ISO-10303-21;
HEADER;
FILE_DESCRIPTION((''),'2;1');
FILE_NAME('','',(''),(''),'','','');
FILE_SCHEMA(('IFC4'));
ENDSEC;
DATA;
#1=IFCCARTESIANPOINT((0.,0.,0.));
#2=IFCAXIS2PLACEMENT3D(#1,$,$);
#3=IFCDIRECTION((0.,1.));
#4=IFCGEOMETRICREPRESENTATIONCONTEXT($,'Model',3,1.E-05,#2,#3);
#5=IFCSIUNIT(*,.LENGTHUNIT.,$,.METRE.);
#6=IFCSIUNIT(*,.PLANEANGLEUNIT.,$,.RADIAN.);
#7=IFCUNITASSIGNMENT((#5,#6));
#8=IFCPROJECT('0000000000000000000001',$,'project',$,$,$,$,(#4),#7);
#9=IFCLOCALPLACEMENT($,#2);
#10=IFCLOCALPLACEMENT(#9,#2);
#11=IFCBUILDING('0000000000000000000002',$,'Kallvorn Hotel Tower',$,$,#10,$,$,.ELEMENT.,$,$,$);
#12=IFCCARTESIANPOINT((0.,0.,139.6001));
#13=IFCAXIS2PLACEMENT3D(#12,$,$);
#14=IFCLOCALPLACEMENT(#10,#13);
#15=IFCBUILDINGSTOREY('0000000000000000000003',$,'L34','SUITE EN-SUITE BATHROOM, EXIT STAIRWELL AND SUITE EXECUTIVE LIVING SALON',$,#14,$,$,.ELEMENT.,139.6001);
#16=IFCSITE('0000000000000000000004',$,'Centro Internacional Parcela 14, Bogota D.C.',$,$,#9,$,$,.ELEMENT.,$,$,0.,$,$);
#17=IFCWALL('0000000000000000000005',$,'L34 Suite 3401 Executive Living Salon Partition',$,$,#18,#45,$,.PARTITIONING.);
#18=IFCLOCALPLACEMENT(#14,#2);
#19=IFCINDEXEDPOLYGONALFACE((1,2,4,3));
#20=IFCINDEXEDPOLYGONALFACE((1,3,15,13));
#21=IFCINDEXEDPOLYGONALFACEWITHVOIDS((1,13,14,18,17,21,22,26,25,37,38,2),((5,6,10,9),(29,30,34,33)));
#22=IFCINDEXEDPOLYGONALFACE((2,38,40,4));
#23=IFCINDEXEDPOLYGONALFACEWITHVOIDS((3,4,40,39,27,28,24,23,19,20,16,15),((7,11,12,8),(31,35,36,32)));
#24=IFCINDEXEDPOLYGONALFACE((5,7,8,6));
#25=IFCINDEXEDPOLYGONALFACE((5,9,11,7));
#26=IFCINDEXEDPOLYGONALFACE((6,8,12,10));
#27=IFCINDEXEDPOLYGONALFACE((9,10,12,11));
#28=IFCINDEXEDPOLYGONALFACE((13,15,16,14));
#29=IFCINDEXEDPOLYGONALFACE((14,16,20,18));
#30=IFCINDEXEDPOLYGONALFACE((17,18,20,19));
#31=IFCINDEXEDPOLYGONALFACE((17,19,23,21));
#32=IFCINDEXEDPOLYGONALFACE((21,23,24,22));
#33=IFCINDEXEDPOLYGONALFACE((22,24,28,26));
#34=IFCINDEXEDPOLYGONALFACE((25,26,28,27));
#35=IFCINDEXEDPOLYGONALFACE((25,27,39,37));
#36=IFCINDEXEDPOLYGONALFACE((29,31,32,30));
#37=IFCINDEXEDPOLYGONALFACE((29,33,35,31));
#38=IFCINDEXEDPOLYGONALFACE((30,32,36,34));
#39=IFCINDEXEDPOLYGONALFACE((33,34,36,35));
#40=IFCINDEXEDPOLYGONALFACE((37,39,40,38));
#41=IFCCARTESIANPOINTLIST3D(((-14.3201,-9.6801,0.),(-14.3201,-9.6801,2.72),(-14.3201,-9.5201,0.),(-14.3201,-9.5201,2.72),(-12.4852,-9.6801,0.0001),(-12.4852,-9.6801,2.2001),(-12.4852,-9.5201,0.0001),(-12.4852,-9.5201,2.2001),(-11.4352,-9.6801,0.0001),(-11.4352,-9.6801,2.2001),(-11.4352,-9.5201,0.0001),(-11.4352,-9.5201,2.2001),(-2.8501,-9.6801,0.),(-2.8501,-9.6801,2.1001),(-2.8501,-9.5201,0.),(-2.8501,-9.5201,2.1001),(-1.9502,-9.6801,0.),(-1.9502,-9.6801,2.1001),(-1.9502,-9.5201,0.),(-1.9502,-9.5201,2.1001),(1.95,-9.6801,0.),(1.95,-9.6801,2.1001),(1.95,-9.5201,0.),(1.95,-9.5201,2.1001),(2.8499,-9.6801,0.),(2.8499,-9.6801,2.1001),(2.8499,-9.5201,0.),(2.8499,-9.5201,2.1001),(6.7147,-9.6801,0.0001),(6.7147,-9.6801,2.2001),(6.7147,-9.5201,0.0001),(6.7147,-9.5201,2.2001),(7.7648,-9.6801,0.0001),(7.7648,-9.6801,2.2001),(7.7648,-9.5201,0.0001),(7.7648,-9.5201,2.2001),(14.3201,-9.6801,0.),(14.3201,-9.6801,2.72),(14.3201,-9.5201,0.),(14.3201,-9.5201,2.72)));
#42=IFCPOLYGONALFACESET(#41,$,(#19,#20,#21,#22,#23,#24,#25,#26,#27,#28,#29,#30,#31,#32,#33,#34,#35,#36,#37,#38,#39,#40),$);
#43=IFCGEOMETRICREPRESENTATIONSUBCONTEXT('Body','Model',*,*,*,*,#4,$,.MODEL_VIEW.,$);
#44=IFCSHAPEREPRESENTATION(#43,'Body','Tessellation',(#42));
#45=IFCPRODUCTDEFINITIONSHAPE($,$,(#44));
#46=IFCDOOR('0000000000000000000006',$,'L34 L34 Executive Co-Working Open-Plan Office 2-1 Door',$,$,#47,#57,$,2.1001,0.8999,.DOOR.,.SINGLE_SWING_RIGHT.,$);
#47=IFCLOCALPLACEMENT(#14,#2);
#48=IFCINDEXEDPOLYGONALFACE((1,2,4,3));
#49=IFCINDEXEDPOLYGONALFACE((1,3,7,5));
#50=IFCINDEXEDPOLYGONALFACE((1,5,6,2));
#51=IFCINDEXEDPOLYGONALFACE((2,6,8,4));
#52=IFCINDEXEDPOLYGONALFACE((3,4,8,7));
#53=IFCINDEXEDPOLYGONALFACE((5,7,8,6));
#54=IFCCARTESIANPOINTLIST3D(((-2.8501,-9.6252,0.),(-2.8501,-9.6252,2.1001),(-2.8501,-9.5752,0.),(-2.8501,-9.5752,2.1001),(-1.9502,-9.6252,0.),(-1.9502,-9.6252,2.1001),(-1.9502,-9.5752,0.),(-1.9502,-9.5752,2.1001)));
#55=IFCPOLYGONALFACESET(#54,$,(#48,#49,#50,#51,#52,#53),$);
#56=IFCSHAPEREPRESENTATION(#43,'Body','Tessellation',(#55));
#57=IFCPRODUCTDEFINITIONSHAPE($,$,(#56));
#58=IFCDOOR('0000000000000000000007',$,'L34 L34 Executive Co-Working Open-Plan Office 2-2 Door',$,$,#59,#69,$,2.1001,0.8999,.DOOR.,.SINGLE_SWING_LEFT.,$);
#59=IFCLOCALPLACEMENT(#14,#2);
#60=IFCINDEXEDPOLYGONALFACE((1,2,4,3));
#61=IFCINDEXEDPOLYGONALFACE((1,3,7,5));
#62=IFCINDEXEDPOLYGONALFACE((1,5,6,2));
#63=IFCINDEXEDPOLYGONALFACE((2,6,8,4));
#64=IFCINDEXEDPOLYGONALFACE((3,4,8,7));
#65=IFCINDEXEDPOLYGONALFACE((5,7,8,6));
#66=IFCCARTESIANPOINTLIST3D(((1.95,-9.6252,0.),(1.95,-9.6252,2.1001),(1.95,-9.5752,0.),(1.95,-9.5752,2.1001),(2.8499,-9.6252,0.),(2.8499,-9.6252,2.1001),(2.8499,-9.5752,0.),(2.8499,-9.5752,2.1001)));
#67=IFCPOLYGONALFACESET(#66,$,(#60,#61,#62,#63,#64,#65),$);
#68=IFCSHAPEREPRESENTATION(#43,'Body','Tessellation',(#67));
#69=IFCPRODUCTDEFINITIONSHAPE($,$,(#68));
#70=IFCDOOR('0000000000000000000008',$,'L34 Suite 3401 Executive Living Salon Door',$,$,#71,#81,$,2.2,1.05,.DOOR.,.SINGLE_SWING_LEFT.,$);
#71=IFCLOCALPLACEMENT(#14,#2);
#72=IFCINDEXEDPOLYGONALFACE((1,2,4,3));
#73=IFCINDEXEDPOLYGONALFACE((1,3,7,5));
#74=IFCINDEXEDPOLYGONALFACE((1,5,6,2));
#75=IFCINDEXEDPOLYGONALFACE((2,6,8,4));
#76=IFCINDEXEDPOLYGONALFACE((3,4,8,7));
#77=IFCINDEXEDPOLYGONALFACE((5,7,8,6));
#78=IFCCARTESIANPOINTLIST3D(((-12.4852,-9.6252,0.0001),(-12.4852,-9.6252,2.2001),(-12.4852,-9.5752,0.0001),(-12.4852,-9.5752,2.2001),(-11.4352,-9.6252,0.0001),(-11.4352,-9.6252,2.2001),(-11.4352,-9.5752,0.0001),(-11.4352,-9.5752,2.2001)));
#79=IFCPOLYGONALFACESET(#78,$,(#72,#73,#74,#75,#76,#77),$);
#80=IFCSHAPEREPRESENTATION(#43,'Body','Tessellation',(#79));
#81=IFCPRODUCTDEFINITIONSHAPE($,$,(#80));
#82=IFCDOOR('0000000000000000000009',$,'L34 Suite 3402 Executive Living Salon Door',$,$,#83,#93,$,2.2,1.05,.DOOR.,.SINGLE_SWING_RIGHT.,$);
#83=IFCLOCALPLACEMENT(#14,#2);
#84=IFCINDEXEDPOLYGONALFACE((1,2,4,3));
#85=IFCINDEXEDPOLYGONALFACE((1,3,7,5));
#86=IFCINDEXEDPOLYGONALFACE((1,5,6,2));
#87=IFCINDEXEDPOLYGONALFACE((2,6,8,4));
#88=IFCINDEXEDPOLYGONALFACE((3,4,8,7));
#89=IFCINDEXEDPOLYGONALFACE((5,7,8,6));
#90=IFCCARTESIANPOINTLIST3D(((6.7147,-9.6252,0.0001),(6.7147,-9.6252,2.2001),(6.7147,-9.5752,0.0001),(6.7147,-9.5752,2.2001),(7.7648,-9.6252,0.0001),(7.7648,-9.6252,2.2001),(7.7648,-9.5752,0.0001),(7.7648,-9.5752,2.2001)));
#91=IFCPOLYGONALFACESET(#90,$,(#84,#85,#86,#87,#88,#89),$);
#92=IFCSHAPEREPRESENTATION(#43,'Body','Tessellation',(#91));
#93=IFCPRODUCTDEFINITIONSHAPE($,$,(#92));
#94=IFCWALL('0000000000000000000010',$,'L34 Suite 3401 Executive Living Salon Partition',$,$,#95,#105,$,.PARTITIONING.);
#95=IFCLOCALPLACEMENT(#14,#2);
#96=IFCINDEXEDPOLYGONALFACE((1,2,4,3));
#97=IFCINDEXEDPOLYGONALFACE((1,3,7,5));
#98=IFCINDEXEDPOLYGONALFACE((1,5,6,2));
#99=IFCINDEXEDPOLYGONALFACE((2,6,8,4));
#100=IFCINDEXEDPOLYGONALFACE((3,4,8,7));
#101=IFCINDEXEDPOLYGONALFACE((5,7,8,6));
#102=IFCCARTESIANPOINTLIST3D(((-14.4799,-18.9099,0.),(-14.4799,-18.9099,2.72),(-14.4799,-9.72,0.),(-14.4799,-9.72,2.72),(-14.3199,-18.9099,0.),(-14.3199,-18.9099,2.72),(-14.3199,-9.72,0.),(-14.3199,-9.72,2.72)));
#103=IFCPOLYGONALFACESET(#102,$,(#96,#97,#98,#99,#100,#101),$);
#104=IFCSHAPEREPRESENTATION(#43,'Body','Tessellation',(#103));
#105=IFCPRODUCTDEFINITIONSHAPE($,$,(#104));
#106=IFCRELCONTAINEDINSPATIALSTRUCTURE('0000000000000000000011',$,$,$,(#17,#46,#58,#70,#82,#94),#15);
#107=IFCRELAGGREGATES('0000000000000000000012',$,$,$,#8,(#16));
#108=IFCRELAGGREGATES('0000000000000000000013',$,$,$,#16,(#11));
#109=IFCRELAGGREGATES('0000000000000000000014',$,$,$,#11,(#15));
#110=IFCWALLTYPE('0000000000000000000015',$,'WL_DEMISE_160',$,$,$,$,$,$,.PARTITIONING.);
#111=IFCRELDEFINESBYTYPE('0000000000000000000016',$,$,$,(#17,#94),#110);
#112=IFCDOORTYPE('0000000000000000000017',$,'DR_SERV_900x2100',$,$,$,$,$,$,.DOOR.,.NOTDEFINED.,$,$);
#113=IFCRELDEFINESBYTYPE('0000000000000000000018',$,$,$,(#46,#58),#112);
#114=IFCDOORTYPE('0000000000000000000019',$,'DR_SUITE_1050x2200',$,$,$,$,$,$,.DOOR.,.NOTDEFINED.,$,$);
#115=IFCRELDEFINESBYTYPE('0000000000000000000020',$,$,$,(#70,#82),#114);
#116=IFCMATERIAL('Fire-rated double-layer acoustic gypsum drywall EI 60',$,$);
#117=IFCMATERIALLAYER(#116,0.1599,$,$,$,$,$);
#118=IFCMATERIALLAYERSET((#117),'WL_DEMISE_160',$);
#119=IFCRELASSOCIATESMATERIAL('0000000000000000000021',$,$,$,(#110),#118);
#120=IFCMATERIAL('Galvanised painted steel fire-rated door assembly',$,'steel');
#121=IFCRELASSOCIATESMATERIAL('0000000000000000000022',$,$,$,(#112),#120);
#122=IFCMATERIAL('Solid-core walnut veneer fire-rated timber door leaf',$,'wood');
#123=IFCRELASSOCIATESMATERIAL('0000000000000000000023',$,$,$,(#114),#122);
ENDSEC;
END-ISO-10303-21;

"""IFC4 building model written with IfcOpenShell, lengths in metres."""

from ifc_helpers import new_model, si_unit, direction, frame, frame_2d, origin, place, context, subcontext, project, spatial, rectangle, extrude, material, layer, layer_set, type_object, element, fill, save


model = new_model("IFC4")

# Units and contexts
model_context = context("Model", 3, precision=1e-05, world=origin(), true_north=direction((0.0, 1.0)))
body_context = subcontext(model_context, "Body", "Model", "MODEL_VIEW")
ifc_project = project(units=[si_unit("LENGTHUNIT", "METRE"), si_unit("PLANEANGLEUNIT", "RADIAN")], contexts=[model_context])

# Site, building, storey
site_placement = place(None, origin())
site = spatial("IfcSite", under=ifc_project, at=site_placement, Name="Centro Internacional Parcela 14, Bogota D.C.", CompositionType="ELEMENT", RefElevation=0.0)
building_placement = place(site_placement, origin())
building = spatial("IfcBuilding", under=site, at=building_placement, Name="Kallvorn Hotel Tower", CompositionType="ELEMENT")
storey_placement = place(building_placement, frame((0.0, 0.0, 139.6001)))
storey = spatial("IfcBuildingStorey", under=building, at=storey_placement, Name="L34", Description="SUITE EN-SUITE BATHROOM, EXIT STAIRWELL AND SUITE EXECUTIVE LIVING SALON", CompositionType="ELEMENT", Elevation=139.6001)

# Wall, openings, doors
ifc_material_1 = material(Name="Fire-rated double-layer acoustic gypsum drywall EI 60")
ifc_layer = layer(ifc_material_1, 0.1599)
ifc_layer_set = layer_set([ifc_layer], Name="WL_DEMISE_160")
wall_type = type_object("IfcWallType", Name="WL_DEMISE_160", PredefinedType="PARTITIONING", material=ifc_layer_set)
wall_1_placement = place(storey_placement, frame((-14.3201, -9.6001, 0.0), z_axis=(0.0, 0.0, 1.0), x_axis=(1.0, 0.0, 0.0)))
wall_1 = element("IfcWall", 1, at=wall_1_placement, inside=storey, type_object=wall_type, Name="L34 Suite 3401 Executive Living Salon Partition", PredefinedType="PARTITIONING", context=body_context, shape_type="SweptSolid", body=[
    extrude(rectangle(XDim=28.6401, YDim=0.1599, at=frame_2d((14.3201, 0.0))), origin(), (0.0, 0.0, 1.0), 2.72),
])
opening_1_placement = place(wall_1_placement, frame((1.835, 0.0, 0.0)))
opening_1 = element("IfcOpeningElement", 2, at=opening_1_placement, cuts=wall_1, PredefinedType="OPENING", context=body_context, shape_type="SweptSolid", body=[
    extrude(rectangle(XDim=1.05, YDim=2.2, at=frame_2d((0.5249, 1.1001))), frame((0.0, 0.095, 0.0), z_axis=(0.0, -1.0, 0.0), x_axis=(1.0, 0.0, 0.0)), (0.0, 0.0, 1.0), 0.1899),
])
opening_2_placement = place(wall_1_placement, frame((11.47, 0.0, 0.0)))
opening_2 = element("IfcOpeningElement", 3, at=opening_2_placement, cuts=wall_1, PredefinedType="OPENING", context=body_context, shape_type="SweptSolid", body=[
    extrude(rectangle(XDim=0.8999, YDim=2.1001, at=frame_2d((0.45, 1.05))), frame((0.0, 0.095, 0.0), z_axis=(0.0, -1.0, 0.0), x_axis=(1.0, 0.0, 0.0)), (0.0, 0.0, 1.0), 0.1899),
])
opening_3_placement = place(wall_1_placement, frame((16.27, 0.0, 0.0)))
opening_3 = element("IfcOpeningElement", 4, at=opening_3_placement, cuts=wall_1, PredefinedType="OPENING", context=body_context, shape_type="SweptSolid", body=[
    extrude(rectangle(XDim=0.8999, YDim=2.1001, at=frame_2d((0.45, 1.05))), frame((0.0, 0.095, 0.0), z_axis=(0.0, -1.0, 0.0), x_axis=(1.0, 0.0, 0.0)), (0.0, 0.0, 1.0), 0.1899),
])
opening_4_placement = place(wall_1_placement, frame((21.0349, 0.0, 0.0)))
opening_4 = element("IfcOpeningElement", 5, at=opening_4_placement, cuts=wall_1, PredefinedType="OPENING", context=body_context, shape_type="SweptSolid", body=[
    extrude(rectangle(XDim=1.05, YDim=2.2, at=frame_2d((0.5249, 1.1001))), frame((0.0, 0.095, 0.0), z_axis=(0.0, -1.0, 0.0), x_axis=(1.0, 0.0, 0.0)), (0.0, 0.0, 1.0), 0.1899),
])
ifc_material_2 = material(Name="Galvanised painted steel fire-rated door assembly", Category="steel")
door_type_1 = type_object("IfcDoorType", Name="DR_SERV_900x2100", OperationType="NOTDEFINED", PredefinedType="DOOR", material=ifc_material_2)
door_1_placement = place(opening_2_placement, origin())
door_1 = element("IfcDoor", 6, at=door_1_placement, inside=storey, type_object=door_type_1, Name="L34 L34 Executive Co-Working Open-Plan Office 2-1 Door", OperationType="SINGLE_SWING_RIGHT", OverallHeight=2.1001, OverallWidth=0.8999, PredefinedType="DOOR", context=body_context, shape_type="SweptSolid", body=[
    extrude(rectangle(XDim=0.8999, YDim=2.1001, at=frame_2d((0.45, 1.05))), frame((0.0, 0.0249, 0.0), z_axis=(0.0, -1.0, 0.0), x_axis=(1.0, 0.0, 0.0)), (0.0, 0.0, 1.0), 0.05),
])
fill(opening_2, door_1)
door_2_placement = place(opening_3_placement, origin())
door_2 = element("IfcDoor", 7, at=door_2_placement, inside=storey, type_object=door_type_1, Name="L34 L34 Executive Co-Working Open-Plan Office 2-2 Door", OperationType="SINGLE_SWING_LEFT", OverallHeight=2.1001, OverallWidth=0.8999, PredefinedType="DOOR", context=body_context, shape_type="SweptSolid", body=[
    extrude(rectangle(XDim=0.8999, YDim=2.1001, at=frame_2d((0.45, 1.05))), frame((0.0, 0.0249, 0.0), z_axis=(0.0, -1.0, 0.0), x_axis=(1.0, 0.0, 0.0)), (0.0, 0.0, 1.0), 0.05),
])
fill(opening_3, door_2)
ifc_material_3 = material(Name="Solid-core walnut veneer fire-rated timber door leaf", Category="wood")
door_type_2 = type_object("IfcDoorType", Name="DR_SUITE_1050x2200", OperationType="NOTDEFINED", PredefinedType="DOOR", material=ifc_material_3)
door_3_placement = place(opening_1_placement, origin())
door_3 = element("IfcDoor", 8, at=door_3_placement, inside=storey, type_object=door_type_2, Name="L34 Suite 3401 Executive Living Salon Door", OperationType="SINGLE_SWING_LEFT", OverallHeight=2.2, OverallWidth=1.05, PredefinedType="DOOR", context=body_context, shape_type="SweptSolid", body=[
    extrude(rectangle(XDim=1.05, YDim=2.2, at=frame_2d((0.5249, 1.1001))), frame((0.0, 0.0249, 0.0), z_axis=(0.0, -1.0, 0.0), x_axis=(1.0, 0.0, 0.0)), (0.0, 0.0, 1.0), 0.05),
])
fill(opening_1, door_3)
door_4_placement = place(opening_4_placement, origin())
door_4 = element("IfcDoor", 9, at=door_4_placement, inside=storey, type_object=door_type_2, Name="L34 Suite 3402 Executive Living Salon Door", OperationType="SINGLE_SWING_RIGHT", OverallHeight=2.2, OverallWidth=1.05, PredefinedType="DOOR", context=body_context, shape_type="SweptSolid", body=[
    extrude(rectangle(XDim=1.05, YDim=2.2, at=frame_2d((0.5249, 1.1001))), frame((0.0, 0.0249, 0.0), z_axis=(0.0, -1.0, 0.0), x_axis=(1.0, 0.0, 0.0)), (0.0, 0.0, 1.0), 0.05),
])
fill(opening_4, door_4)

# Wall
wall_2_placement = place(storey_placement, frame((-14.3999, -18.9099, 0.0), z_axis=(0.0, 0.0, 1.0), x_axis=(0.0, 1.0, 0.0)))
element("IfcWall", 10, at=wall_2_placement, inside=storey, type_object=wall_type, Name="L34 Suite 3401 Executive Living Salon Partition", PredefinedType="PARTITIONING", context=body_context, shape_type="SweptSolid", body=[
    extrude(rectangle(XDim=9.1899, YDim=0.1599, at=frame_2d((4.595, 0.0))), origin(), (0.0, 0.0, 1.0), 2.72),
])

save(model, "model.ifc")
